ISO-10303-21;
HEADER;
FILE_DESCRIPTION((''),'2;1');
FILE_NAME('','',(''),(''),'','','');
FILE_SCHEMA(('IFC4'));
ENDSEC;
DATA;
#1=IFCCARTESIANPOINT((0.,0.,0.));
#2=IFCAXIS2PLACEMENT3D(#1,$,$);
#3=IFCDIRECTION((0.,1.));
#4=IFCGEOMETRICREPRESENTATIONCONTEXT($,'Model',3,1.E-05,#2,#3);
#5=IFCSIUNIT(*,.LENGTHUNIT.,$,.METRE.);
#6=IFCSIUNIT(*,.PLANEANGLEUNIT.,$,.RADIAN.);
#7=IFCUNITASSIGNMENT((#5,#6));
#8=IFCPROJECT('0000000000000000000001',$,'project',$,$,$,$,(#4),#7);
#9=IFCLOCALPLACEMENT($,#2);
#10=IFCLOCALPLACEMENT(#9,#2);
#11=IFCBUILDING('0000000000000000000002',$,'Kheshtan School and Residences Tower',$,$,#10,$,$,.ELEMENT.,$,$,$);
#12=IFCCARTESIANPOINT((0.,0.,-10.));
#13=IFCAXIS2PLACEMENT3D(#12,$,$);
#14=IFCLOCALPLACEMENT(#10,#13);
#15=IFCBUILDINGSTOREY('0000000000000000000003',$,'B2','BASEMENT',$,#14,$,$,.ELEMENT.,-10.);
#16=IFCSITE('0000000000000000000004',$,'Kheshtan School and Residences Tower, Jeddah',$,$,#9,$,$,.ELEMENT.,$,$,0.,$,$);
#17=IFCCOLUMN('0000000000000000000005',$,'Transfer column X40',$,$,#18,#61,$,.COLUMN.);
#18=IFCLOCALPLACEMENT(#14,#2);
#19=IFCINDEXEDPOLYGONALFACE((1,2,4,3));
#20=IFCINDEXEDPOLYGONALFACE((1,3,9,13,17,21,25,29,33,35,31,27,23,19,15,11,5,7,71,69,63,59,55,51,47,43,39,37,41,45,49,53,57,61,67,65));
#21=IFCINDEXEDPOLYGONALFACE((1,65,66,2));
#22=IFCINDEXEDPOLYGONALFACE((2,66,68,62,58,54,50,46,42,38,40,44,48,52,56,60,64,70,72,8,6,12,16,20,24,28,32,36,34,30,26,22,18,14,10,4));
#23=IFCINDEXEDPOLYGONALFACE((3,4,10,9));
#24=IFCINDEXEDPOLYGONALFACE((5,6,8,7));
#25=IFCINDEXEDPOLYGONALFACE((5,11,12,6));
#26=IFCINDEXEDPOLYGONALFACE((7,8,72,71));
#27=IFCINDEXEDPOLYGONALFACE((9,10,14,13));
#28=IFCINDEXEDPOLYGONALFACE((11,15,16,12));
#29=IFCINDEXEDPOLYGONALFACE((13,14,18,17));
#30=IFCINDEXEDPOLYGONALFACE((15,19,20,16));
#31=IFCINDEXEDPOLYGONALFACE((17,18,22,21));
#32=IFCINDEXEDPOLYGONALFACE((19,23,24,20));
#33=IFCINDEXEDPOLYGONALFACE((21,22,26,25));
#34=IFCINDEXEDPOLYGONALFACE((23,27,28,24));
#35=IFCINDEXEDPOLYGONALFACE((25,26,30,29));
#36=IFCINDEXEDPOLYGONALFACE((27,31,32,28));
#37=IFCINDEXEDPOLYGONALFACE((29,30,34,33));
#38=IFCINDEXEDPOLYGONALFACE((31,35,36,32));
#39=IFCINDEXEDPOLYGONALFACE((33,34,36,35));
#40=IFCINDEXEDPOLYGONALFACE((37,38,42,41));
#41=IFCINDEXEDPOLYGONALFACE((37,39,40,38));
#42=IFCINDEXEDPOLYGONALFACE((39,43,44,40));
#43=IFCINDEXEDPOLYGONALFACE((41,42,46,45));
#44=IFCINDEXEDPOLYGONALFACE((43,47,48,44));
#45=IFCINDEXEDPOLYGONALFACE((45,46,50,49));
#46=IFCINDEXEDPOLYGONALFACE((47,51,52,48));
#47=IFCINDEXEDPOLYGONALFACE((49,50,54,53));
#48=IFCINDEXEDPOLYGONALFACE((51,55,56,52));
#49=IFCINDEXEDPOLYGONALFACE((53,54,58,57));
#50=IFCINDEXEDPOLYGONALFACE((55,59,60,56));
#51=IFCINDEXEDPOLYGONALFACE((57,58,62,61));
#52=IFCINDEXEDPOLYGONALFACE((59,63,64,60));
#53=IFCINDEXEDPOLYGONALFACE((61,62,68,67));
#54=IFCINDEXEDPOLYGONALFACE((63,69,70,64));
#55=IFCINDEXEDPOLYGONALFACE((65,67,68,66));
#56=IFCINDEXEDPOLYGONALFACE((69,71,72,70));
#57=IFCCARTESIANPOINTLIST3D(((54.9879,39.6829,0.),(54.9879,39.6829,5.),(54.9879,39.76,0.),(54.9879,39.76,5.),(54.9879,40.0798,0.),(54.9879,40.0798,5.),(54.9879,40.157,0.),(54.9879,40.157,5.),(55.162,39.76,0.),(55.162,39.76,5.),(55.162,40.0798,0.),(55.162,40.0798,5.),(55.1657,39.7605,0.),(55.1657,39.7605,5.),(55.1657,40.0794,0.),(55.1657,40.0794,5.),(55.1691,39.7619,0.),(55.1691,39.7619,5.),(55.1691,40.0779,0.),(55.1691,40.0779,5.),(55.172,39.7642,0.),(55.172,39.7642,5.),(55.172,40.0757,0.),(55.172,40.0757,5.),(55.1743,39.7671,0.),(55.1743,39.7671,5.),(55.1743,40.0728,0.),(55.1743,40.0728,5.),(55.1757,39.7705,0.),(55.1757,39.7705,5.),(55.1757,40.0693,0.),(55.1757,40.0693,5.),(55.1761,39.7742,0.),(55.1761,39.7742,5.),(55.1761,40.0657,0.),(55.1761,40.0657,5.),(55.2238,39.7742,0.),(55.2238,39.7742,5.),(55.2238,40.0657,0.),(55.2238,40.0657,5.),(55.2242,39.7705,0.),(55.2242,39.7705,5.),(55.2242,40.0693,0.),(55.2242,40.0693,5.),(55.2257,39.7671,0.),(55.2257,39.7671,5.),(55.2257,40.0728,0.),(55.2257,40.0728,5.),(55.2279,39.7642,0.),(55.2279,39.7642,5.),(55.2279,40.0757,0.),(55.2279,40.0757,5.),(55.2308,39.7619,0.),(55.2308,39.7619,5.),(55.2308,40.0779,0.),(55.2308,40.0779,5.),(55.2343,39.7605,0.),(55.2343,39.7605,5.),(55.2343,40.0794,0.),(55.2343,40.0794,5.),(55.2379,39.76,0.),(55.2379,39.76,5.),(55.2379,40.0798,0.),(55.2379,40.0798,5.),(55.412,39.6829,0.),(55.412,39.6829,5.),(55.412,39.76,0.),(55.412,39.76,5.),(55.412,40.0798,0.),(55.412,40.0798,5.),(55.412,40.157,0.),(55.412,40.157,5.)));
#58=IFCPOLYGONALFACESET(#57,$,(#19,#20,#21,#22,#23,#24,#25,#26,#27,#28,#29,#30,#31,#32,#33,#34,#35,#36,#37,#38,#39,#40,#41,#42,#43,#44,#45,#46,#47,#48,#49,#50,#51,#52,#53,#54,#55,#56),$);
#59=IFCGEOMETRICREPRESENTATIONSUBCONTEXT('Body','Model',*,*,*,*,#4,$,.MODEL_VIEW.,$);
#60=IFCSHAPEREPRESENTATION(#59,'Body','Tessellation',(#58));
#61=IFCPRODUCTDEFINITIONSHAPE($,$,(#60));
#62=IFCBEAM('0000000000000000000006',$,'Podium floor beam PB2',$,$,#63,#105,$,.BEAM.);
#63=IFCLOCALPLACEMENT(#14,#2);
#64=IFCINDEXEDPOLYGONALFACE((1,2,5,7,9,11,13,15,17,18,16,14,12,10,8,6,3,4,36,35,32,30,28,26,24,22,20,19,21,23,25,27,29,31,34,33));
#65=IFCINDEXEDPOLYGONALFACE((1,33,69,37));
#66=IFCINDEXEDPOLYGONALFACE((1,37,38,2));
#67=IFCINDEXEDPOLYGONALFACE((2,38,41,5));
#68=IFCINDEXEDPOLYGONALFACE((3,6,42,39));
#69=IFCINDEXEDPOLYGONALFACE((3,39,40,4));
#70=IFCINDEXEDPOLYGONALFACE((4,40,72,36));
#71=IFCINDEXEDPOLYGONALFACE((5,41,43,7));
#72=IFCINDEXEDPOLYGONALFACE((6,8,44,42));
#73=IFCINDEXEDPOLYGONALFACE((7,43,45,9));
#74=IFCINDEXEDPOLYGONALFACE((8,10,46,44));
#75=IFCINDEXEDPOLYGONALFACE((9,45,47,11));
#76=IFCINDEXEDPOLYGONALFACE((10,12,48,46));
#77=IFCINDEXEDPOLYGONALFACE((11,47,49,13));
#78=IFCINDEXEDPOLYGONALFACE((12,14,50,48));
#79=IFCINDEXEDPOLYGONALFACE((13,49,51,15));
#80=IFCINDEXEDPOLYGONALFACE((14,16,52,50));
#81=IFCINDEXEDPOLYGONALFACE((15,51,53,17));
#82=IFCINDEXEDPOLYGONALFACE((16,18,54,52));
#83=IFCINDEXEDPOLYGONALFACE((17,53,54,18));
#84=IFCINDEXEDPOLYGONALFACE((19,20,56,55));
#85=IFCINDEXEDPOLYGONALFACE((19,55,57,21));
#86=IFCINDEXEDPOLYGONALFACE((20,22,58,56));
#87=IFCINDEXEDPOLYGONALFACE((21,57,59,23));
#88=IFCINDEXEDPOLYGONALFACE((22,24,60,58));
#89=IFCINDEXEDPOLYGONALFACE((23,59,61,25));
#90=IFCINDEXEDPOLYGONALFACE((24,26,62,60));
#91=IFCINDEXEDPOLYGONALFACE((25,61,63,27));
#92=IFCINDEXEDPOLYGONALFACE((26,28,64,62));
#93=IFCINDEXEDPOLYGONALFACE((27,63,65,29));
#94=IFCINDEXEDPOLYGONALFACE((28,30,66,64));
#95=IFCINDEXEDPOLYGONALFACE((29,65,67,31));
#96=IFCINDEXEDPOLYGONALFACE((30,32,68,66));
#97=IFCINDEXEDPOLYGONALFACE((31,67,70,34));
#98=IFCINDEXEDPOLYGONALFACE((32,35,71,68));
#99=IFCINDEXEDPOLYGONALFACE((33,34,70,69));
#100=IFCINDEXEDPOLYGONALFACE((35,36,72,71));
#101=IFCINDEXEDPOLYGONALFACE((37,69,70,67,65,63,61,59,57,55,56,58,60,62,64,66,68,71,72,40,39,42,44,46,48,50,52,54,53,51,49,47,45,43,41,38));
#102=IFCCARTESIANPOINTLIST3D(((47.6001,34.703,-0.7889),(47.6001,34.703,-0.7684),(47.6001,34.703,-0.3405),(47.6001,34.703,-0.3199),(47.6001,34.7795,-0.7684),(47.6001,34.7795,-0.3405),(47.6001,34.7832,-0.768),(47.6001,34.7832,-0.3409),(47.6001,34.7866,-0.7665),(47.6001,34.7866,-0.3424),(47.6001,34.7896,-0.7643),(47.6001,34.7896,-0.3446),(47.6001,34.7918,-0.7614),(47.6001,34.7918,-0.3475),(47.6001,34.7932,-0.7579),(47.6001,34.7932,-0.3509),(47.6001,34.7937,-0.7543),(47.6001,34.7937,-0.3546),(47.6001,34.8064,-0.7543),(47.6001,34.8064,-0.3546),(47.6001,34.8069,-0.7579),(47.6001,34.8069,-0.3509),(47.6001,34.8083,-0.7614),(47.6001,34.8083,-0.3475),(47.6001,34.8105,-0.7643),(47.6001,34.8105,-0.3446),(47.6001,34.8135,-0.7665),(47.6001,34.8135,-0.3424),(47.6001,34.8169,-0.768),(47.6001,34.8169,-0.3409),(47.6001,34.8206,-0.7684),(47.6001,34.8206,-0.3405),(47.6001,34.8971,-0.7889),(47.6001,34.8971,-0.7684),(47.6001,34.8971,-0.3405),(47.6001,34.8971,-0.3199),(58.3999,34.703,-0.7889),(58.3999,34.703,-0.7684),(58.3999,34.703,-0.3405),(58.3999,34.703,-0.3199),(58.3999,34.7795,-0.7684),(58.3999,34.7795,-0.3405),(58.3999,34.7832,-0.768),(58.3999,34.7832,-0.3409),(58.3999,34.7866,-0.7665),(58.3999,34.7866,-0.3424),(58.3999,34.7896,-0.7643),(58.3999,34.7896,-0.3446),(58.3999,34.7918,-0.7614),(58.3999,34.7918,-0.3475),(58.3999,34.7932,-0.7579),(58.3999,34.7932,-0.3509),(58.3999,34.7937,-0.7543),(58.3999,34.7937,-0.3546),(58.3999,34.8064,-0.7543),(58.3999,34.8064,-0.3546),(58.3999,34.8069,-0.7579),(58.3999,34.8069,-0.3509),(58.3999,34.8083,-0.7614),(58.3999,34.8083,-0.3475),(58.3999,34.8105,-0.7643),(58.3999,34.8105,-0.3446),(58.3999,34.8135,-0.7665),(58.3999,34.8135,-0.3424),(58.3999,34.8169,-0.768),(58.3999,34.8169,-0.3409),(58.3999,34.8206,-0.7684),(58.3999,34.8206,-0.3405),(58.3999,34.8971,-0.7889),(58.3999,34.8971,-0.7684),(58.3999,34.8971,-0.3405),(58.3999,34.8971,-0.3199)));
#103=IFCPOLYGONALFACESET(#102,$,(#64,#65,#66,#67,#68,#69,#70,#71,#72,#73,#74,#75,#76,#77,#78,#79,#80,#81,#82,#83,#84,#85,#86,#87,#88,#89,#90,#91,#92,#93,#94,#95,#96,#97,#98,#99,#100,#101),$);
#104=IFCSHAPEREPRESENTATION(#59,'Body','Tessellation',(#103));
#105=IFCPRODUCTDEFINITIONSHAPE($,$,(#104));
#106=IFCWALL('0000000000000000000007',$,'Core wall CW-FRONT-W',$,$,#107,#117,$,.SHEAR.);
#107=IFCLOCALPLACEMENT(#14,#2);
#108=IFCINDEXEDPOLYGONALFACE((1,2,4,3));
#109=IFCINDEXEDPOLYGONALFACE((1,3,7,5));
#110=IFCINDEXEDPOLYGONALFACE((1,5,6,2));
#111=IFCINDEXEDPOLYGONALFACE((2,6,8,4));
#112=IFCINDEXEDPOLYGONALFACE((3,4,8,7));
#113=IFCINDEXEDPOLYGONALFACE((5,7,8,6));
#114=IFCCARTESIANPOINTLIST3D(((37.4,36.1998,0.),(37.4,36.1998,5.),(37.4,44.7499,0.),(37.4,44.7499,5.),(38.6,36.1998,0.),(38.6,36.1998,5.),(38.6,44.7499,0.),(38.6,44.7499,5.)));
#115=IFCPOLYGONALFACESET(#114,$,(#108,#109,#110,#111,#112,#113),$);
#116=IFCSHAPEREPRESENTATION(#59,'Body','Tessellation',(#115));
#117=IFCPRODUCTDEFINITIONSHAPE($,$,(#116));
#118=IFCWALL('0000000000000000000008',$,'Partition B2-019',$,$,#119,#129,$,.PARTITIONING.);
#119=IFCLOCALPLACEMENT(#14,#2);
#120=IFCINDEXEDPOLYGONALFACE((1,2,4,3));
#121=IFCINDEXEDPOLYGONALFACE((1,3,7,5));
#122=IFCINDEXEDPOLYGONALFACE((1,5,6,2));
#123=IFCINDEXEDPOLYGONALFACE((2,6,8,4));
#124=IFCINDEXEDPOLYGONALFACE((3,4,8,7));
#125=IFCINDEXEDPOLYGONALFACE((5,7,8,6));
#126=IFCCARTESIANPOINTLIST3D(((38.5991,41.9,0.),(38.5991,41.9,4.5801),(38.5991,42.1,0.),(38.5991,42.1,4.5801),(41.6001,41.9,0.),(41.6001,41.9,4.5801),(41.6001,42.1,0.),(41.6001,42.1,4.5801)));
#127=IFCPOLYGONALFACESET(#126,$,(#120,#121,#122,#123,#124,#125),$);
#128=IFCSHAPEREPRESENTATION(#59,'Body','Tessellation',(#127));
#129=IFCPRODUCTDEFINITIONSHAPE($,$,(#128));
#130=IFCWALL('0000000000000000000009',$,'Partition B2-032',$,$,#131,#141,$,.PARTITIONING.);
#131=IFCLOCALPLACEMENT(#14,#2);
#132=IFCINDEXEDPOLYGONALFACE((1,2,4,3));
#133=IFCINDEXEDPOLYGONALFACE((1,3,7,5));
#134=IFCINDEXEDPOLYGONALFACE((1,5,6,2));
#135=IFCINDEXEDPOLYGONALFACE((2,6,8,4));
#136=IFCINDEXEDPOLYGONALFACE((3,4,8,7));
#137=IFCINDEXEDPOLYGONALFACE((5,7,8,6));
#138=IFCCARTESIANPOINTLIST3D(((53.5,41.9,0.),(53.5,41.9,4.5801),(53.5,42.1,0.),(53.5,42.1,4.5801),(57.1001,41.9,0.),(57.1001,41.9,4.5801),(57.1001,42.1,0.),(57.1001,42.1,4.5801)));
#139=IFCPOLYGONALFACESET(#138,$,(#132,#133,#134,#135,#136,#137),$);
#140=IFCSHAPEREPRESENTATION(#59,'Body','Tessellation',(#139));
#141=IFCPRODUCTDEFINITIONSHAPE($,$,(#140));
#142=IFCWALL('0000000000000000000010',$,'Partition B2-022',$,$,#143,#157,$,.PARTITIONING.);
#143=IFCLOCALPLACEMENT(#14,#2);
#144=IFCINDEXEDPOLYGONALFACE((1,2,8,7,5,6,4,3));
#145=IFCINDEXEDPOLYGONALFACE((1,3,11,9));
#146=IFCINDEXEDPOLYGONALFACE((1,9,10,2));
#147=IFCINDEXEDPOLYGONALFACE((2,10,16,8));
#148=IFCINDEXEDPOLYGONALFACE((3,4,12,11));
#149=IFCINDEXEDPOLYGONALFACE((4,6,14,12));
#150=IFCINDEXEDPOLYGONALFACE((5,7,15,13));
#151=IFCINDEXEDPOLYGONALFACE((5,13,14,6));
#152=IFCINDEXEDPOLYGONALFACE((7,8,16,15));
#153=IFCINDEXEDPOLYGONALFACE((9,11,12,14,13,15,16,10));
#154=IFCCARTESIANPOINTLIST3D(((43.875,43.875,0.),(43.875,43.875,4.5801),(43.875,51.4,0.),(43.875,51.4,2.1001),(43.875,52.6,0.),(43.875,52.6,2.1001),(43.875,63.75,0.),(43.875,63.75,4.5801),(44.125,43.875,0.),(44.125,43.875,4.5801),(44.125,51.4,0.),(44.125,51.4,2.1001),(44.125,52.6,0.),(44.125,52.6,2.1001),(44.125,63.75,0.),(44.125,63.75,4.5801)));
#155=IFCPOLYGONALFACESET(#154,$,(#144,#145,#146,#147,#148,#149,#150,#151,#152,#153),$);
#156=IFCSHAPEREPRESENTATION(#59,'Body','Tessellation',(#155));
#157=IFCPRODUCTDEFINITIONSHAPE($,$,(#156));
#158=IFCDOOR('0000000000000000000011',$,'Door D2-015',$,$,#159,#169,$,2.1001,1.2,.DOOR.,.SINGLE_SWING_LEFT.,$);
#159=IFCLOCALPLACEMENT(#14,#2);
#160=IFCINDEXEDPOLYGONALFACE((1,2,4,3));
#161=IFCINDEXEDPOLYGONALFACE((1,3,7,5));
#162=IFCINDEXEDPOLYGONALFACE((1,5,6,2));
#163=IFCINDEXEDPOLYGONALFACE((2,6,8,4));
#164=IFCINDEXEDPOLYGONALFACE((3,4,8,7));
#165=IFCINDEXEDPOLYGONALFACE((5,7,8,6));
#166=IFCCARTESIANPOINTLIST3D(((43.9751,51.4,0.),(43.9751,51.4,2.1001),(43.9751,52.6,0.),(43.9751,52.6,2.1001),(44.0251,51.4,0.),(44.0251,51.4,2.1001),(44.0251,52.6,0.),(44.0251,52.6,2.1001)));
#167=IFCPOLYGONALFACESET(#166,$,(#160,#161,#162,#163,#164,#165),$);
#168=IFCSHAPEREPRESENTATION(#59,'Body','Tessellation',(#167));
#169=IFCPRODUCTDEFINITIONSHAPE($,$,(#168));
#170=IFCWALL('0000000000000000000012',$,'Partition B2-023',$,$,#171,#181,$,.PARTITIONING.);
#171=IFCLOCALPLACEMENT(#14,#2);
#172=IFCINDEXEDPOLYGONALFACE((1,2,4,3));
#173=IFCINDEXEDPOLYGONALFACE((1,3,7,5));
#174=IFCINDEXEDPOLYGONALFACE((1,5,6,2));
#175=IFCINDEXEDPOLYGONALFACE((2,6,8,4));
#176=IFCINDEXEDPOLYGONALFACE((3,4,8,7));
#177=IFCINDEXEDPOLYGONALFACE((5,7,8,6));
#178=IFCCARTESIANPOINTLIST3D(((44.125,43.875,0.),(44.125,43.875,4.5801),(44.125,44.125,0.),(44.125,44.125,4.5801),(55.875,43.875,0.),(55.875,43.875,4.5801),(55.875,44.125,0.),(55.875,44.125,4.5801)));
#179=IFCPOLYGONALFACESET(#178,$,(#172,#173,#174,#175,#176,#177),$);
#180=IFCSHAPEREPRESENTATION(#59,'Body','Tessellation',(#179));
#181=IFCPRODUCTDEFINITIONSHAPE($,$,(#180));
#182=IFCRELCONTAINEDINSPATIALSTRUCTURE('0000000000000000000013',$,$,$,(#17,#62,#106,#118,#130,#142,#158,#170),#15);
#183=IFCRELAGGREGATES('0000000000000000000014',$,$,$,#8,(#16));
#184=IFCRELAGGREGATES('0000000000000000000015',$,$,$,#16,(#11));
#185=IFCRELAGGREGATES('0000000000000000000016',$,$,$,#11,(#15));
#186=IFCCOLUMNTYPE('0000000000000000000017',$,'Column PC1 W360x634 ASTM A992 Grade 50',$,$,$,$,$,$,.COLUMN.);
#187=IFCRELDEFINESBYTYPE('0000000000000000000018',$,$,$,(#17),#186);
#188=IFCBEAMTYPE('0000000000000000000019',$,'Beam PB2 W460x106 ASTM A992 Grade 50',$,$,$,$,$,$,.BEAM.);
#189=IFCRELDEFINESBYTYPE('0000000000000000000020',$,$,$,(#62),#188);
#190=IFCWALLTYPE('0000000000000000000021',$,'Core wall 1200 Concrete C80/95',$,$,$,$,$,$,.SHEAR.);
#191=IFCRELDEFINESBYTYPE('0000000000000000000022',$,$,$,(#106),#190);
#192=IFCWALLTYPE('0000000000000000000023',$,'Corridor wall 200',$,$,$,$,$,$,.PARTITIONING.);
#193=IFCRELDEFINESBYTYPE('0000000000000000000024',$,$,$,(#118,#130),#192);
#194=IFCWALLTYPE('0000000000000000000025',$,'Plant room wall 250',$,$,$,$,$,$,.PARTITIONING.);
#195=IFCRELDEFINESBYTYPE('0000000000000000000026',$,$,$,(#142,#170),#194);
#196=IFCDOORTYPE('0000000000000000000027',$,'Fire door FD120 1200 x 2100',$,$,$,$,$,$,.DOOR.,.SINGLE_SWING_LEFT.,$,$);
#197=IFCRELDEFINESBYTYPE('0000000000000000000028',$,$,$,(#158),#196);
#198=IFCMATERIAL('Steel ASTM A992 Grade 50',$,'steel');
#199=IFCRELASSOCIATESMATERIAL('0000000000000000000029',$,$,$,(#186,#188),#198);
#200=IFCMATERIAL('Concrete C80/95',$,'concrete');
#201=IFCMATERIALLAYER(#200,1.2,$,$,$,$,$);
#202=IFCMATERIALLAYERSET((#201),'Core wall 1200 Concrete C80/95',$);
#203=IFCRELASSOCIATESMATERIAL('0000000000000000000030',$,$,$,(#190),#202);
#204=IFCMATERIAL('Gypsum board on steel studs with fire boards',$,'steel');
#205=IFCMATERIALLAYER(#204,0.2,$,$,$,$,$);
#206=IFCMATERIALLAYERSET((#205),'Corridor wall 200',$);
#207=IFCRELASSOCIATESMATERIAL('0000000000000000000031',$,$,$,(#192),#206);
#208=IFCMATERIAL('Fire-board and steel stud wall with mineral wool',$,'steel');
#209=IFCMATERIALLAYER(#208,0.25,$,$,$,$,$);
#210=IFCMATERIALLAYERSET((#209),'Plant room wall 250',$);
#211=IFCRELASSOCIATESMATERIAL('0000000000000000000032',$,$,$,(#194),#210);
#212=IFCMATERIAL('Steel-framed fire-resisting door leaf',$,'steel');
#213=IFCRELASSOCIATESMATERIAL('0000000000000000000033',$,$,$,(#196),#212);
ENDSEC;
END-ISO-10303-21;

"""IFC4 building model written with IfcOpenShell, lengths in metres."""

from ifc_helpers import new_model, si_unit, direction, frame, frame_2d, origin, origin_2d, place, context, subcontext, project, spatial, rectangle, i_section, extrude, source, transform, mapped, material, layer, layer_set, material_profile, profile_set, type_object, element, fill, save


model = new_model("IFC4")

# Units and contexts
model_context = context("Model", 3, precision=1e-05, world=origin(), true_north=direction((0.0, 1.0)))
body_context = subcontext(model_context, "Body", "Model", "MODEL_VIEW")
ifc_project = project(units=[si_unit("LENGTHUNIT", "METRE"), si_unit("PLANEANGLEUNIT", "RADIAN")], contexts=[model_context])

# Site, building, storey
site_placement = place(None, origin())
site = spatial("IfcSite", under=ifc_project, at=site_placement, Name="Kheshtan School and Residences Tower, Jeddah", CompositionType="ELEMENT", RefElevation=0.0)
building_placement = place(site_placement, origin())
building = spatial("IfcBuilding", under=site, at=building_placement, Name="Kheshtan School and Residences Tower", CompositionType="ELEMENT")
storey_placement = place(building_placement, frame((0.0, 0.0, -10.0)))
storey = spatial("IfcBuildingStorey", under=building, at=storey_placement, Name="B2", Description="BASEMENT", CompositionType="ELEMENT", Elevation=-10.0)

# Column
ifc_material_1 = material(Name="Steel ASTM A992 Grade 50", Category="steel")
ifc_material_profile_1 = material_profile(ifc_material_1, i_section(OverallWidth=0.4241, OverallDepth=0.4741, WebThickness=0.0476, FlangeThickness=0.0771, FilletRadius=0.0142, at=origin_2d()), Name="W360x634")
ifc_profile_set_1 = profile_set([ifc_material_profile_1], Name="Steel ASTM A992 Grade 50")
column_type = type_object("IfcColumnType", Name="Column PC1 W360x634 ASTM A992 Grade 50", PredefinedType="COLUMN", material=ifc_profile_set_1)
for number, where, z_axis, x_axis, name in (
    (1, (55.2, 39.9199, 0.0), (0.0, 0.0, 1.0), (1.0, 0.0, 0.0), "Transfer column X40"),
):
    element("IfcColumn", number, at=place(storey_placement, frame(where, z_axis=z_axis, x_axis=x_axis)), inside=storey, type_object=column_type, Name=name, PredefinedType="COLUMN", context=body_context, shape_type="SweptSolid", body=[
        extrude(i_section(OverallWidth=0.4241, OverallDepth=0.4741, WebThickness=0.0476, FlangeThickness=0.0771, FilletRadius=0.0142, at=origin_2d()), origin(), (0.0, 0.0, 1.0), 5.0),
    ])

# Beam
ifc_material_profile_2 = material_profile(ifc_material_1, i_section(OverallWidth=0.1941, OverallDepth=0.469, WebThickness=0.0127, FlangeThickness=0.0205, FilletRadius=0.0142, at=origin_2d()), Name="W460x106")
ifc_profile_set_2 = profile_set([ifc_material_profile_2], Name="Steel ASTM A992 Grade 50")
beam_type = type_object("IfcBeamType", Name="Beam PB2 W460x106 ASTM A992 Grade 50", PredefinedType="BEAM", material=ifc_profile_set_2)
beam_placement = place(storey_placement, frame((47.6001, 34.8, -0.5544), z_axis=(1.0, 0.0, 0.0), x_axis=(0.0, 1.0, 0.0)))
element("IfcBeam", 2, at=beam_placement, inside=storey, type_object=beam_type, Name="Podium floor beam PB2", PredefinedType="BEAM", context=body_context, shape_type="SweptSolid", body=[
    extrude(i_section(OverallWidth=0.1941, OverallDepth=0.469, WebThickness=0.0127, FlangeThickness=0.0205, FilletRadius=0.0142, at=origin_2d()), origin(), (0.0, 0.0, 1.0), 10.7998),
])

# Walls
ifc_material_2 = material(Name="Concrete C80/95", Category="concrete")
ifc_layer_1 = layer(ifc_material_2, 1.2)
ifc_layer_set_1 = layer_set([ifc_layer_1], Name="Core wall 1200 Concrete C80/95")
wall_type_1 = type_object("IfcWallType", Name="Core wall 1200 Concrete C80/95", PredefinedType="SHEAR", material=ifc_layer_set_1)
wall_1_placement = place(storey_placement, frame((38.0, 36.2, 0.0), z_axis=(0.0, 0.0, 1.0), x_axis=(0.0, 1.0, 0.0)))
element("IfcWall", 3, at=wall_1_placement, inside=storey, type_object=wall_type_1, Name="Core wall CW-FRONT-W", PredefinedType="SHEAR", context=body_context, shape_type="SweptSolid", body=[
    extrude(rectangle(XDim=8.55, YDim=1.2, at=frame_2d((4.2749, 0.0))), origin(), (0.0, 0.0, 1.0), 5.0),
])
ifc_material_3 = material(Name="Gypsum board on steel studs with fire boards", Category="steel")
ifc_layer_2 = layer(ifc_material_3, 0.2)
ifc_layer_set_2 = layer_set([ifc_layer_2], Name="Corridor wall 200")
wall_type_2 = type_object("IfcWallType", Name="Corridor wall 200", PredefinedType="PARTITIONING", material=ifc_layer_set_2)
wall_2_placement = place(storey_placement, frame((38.5991, 42.0, 0.0), z_axis=(0.0, 0.0, 1.0), x_axis=(1.0, 0.0, 0.0)))
element("IfcWall", 4, at=wall_2_placement, inside=storey, type_object=wall_type_2, Name="Partition B2-019", PredefinedType="PARTITIONING", context=body_context, shape_type="SweptSolid", body=[
    extrude(rectangle(XDim=3.001, YDim=0.2, at=frame_2d((1.5005, 0.0))), origin(), (0.0, 0.0, 1.0), 4.5801),
])
wall_3_placement = place(storey_placement, frame((53.5, 42.0, 0.0), z_axis=(0.0, 0.0, 1.0), x_axis=(1.0, 0.0, 0.0)))
element("IfcWall", 5, at=wall_3_placement, inside=storey, type_object=wall_type_2, Name="Partition B2-032", PredefinedType="PARTITIONING", context=body_context, shape_type="SweptSolid", body=[
    extrude(rectangle(XDim=3.6001, YDim=0.2, at=frame_2d((1.8, 0.0))), origin(), (0.0, 0.0, 1.0), 4.5801),
])

# Wall, opening, door
ifc_material_4 = material(Name="Fire-board and steel stud wall with mineral wool", Category="steel")
ifc_layer_3 = layer(ifc_material_4, 0.25)
ifc_layer_set_3 = layer_set([ifc_layer_3], Name="Plant room wall 250")
wall_type_3 = type_object("IfcWallType", Name="Plant room wall 250", PredefinedType="PARTITIONING", material=ifc_layer_set_3)
wall_4_placement = place(storey_placement, frame((44.0, 43.875, 0.0), z_axis=(0.0, 0.0, 1.0), x_axis=(0.0, 1.0, 0.0)))
wall_4 = element("IfcWall", 6, at=wall_4_placement, inside=storey, type_object=wall_type_3, Name="Partition B2-022", PredefinedType="PARTITIONING", context=body_context, shape_type="SweptSolid", body=[
    extrude(rectangle(XDim=19.875, YDim=0.25, at=frame_2d((9.9375, 0.0))), origin(), (0.0, 0.0, 1.0), 4.5801),
])
opening_placement = place(wall_4_placement, frame((7.5249, 0.0, 0.0)))
opening = element("IfcOpeningElement", 7, at=opening_placement, cuts=wall_4, PredefinedType="OPENING", context=body_context, shape_type="SweptSolid", body=[
    extrude(rectangle(XDim=1.2, YDim=2.1001, at=frame_2d((0.6001, 1.05))), frame((0.0, 0.135, 0.0), z_axis=(0.0, -1.0, 0.0), x_axis=(1.0, 0.0, 0.0)), (0.0, 0.0, 1.0), 0.27),
])
ifc_material_5 = material(Name="Steel-framed fire-resisting door leaf", Category="steel")
door_type = type_object("IfcDoorType", Name="Fire door FD120 1200 x 2100", OperationType="SINGLE_SWING_LEFT", PredefinedType="DOOR", material=ifc_material_5)
shared_shape = source(origin(), body_context, "Body", "SweptSolid", [
    extrude(rectangle(XDim=1.2, YDim=2.1001, at=frame_2d((0.6001, 1.05))), frame((0.0, 0.0249, 0.0), z_axis=(0.0, -1.0, 0.0), x_axis=(1.0, 0.0, 0.0)), (0.0, 0.0, 1.0), 0.05),
])
door_placement = place(opening_placement, origin())
door = element("IfcDoor", 8, at=door_placement, inside=storey, type_object=door_type, Name="Door D2-015", OperationType="SINGLE_SWING_LEFT", OverallHeight=2.1001, OverallWidth=1.2, PredefinedType="DOOR", context=body_context, shape_type="MappedRepresentation", body=[
    mapped(shared_shape, transform((0.0, 0.0, 0.0), x_axis=(1.0, 0.0, 0.0), y_axis=(0.0, 1.0, 0.0), z_axis=(0.0, 0.0, 1.0), scale=1.0)),
])
fill(opening, door)

# Wall
wall_5_placement = place(storey_placement, frame((44.125, 44.0, 0.0), z_axis=(0.0, 0.0, 1.0), x_axis=(1.0, 0.0, 0.0)))
element("IfcWall", 9, at=wall_5_placement, inside=storey, type_object=wall_type_3, Name="Partition B2-023", PredefinedType="PARTITIONING", context=body_context, shape_type="SweptSolid", body=[
    extrude(rectangle(XDim=11.75, YDim=0.25, at=frame_2d((5.875, 0.0))), origin(), (0.0, 0.0, 1.0), 4.5801),
])

save(model, "model.ifc")
